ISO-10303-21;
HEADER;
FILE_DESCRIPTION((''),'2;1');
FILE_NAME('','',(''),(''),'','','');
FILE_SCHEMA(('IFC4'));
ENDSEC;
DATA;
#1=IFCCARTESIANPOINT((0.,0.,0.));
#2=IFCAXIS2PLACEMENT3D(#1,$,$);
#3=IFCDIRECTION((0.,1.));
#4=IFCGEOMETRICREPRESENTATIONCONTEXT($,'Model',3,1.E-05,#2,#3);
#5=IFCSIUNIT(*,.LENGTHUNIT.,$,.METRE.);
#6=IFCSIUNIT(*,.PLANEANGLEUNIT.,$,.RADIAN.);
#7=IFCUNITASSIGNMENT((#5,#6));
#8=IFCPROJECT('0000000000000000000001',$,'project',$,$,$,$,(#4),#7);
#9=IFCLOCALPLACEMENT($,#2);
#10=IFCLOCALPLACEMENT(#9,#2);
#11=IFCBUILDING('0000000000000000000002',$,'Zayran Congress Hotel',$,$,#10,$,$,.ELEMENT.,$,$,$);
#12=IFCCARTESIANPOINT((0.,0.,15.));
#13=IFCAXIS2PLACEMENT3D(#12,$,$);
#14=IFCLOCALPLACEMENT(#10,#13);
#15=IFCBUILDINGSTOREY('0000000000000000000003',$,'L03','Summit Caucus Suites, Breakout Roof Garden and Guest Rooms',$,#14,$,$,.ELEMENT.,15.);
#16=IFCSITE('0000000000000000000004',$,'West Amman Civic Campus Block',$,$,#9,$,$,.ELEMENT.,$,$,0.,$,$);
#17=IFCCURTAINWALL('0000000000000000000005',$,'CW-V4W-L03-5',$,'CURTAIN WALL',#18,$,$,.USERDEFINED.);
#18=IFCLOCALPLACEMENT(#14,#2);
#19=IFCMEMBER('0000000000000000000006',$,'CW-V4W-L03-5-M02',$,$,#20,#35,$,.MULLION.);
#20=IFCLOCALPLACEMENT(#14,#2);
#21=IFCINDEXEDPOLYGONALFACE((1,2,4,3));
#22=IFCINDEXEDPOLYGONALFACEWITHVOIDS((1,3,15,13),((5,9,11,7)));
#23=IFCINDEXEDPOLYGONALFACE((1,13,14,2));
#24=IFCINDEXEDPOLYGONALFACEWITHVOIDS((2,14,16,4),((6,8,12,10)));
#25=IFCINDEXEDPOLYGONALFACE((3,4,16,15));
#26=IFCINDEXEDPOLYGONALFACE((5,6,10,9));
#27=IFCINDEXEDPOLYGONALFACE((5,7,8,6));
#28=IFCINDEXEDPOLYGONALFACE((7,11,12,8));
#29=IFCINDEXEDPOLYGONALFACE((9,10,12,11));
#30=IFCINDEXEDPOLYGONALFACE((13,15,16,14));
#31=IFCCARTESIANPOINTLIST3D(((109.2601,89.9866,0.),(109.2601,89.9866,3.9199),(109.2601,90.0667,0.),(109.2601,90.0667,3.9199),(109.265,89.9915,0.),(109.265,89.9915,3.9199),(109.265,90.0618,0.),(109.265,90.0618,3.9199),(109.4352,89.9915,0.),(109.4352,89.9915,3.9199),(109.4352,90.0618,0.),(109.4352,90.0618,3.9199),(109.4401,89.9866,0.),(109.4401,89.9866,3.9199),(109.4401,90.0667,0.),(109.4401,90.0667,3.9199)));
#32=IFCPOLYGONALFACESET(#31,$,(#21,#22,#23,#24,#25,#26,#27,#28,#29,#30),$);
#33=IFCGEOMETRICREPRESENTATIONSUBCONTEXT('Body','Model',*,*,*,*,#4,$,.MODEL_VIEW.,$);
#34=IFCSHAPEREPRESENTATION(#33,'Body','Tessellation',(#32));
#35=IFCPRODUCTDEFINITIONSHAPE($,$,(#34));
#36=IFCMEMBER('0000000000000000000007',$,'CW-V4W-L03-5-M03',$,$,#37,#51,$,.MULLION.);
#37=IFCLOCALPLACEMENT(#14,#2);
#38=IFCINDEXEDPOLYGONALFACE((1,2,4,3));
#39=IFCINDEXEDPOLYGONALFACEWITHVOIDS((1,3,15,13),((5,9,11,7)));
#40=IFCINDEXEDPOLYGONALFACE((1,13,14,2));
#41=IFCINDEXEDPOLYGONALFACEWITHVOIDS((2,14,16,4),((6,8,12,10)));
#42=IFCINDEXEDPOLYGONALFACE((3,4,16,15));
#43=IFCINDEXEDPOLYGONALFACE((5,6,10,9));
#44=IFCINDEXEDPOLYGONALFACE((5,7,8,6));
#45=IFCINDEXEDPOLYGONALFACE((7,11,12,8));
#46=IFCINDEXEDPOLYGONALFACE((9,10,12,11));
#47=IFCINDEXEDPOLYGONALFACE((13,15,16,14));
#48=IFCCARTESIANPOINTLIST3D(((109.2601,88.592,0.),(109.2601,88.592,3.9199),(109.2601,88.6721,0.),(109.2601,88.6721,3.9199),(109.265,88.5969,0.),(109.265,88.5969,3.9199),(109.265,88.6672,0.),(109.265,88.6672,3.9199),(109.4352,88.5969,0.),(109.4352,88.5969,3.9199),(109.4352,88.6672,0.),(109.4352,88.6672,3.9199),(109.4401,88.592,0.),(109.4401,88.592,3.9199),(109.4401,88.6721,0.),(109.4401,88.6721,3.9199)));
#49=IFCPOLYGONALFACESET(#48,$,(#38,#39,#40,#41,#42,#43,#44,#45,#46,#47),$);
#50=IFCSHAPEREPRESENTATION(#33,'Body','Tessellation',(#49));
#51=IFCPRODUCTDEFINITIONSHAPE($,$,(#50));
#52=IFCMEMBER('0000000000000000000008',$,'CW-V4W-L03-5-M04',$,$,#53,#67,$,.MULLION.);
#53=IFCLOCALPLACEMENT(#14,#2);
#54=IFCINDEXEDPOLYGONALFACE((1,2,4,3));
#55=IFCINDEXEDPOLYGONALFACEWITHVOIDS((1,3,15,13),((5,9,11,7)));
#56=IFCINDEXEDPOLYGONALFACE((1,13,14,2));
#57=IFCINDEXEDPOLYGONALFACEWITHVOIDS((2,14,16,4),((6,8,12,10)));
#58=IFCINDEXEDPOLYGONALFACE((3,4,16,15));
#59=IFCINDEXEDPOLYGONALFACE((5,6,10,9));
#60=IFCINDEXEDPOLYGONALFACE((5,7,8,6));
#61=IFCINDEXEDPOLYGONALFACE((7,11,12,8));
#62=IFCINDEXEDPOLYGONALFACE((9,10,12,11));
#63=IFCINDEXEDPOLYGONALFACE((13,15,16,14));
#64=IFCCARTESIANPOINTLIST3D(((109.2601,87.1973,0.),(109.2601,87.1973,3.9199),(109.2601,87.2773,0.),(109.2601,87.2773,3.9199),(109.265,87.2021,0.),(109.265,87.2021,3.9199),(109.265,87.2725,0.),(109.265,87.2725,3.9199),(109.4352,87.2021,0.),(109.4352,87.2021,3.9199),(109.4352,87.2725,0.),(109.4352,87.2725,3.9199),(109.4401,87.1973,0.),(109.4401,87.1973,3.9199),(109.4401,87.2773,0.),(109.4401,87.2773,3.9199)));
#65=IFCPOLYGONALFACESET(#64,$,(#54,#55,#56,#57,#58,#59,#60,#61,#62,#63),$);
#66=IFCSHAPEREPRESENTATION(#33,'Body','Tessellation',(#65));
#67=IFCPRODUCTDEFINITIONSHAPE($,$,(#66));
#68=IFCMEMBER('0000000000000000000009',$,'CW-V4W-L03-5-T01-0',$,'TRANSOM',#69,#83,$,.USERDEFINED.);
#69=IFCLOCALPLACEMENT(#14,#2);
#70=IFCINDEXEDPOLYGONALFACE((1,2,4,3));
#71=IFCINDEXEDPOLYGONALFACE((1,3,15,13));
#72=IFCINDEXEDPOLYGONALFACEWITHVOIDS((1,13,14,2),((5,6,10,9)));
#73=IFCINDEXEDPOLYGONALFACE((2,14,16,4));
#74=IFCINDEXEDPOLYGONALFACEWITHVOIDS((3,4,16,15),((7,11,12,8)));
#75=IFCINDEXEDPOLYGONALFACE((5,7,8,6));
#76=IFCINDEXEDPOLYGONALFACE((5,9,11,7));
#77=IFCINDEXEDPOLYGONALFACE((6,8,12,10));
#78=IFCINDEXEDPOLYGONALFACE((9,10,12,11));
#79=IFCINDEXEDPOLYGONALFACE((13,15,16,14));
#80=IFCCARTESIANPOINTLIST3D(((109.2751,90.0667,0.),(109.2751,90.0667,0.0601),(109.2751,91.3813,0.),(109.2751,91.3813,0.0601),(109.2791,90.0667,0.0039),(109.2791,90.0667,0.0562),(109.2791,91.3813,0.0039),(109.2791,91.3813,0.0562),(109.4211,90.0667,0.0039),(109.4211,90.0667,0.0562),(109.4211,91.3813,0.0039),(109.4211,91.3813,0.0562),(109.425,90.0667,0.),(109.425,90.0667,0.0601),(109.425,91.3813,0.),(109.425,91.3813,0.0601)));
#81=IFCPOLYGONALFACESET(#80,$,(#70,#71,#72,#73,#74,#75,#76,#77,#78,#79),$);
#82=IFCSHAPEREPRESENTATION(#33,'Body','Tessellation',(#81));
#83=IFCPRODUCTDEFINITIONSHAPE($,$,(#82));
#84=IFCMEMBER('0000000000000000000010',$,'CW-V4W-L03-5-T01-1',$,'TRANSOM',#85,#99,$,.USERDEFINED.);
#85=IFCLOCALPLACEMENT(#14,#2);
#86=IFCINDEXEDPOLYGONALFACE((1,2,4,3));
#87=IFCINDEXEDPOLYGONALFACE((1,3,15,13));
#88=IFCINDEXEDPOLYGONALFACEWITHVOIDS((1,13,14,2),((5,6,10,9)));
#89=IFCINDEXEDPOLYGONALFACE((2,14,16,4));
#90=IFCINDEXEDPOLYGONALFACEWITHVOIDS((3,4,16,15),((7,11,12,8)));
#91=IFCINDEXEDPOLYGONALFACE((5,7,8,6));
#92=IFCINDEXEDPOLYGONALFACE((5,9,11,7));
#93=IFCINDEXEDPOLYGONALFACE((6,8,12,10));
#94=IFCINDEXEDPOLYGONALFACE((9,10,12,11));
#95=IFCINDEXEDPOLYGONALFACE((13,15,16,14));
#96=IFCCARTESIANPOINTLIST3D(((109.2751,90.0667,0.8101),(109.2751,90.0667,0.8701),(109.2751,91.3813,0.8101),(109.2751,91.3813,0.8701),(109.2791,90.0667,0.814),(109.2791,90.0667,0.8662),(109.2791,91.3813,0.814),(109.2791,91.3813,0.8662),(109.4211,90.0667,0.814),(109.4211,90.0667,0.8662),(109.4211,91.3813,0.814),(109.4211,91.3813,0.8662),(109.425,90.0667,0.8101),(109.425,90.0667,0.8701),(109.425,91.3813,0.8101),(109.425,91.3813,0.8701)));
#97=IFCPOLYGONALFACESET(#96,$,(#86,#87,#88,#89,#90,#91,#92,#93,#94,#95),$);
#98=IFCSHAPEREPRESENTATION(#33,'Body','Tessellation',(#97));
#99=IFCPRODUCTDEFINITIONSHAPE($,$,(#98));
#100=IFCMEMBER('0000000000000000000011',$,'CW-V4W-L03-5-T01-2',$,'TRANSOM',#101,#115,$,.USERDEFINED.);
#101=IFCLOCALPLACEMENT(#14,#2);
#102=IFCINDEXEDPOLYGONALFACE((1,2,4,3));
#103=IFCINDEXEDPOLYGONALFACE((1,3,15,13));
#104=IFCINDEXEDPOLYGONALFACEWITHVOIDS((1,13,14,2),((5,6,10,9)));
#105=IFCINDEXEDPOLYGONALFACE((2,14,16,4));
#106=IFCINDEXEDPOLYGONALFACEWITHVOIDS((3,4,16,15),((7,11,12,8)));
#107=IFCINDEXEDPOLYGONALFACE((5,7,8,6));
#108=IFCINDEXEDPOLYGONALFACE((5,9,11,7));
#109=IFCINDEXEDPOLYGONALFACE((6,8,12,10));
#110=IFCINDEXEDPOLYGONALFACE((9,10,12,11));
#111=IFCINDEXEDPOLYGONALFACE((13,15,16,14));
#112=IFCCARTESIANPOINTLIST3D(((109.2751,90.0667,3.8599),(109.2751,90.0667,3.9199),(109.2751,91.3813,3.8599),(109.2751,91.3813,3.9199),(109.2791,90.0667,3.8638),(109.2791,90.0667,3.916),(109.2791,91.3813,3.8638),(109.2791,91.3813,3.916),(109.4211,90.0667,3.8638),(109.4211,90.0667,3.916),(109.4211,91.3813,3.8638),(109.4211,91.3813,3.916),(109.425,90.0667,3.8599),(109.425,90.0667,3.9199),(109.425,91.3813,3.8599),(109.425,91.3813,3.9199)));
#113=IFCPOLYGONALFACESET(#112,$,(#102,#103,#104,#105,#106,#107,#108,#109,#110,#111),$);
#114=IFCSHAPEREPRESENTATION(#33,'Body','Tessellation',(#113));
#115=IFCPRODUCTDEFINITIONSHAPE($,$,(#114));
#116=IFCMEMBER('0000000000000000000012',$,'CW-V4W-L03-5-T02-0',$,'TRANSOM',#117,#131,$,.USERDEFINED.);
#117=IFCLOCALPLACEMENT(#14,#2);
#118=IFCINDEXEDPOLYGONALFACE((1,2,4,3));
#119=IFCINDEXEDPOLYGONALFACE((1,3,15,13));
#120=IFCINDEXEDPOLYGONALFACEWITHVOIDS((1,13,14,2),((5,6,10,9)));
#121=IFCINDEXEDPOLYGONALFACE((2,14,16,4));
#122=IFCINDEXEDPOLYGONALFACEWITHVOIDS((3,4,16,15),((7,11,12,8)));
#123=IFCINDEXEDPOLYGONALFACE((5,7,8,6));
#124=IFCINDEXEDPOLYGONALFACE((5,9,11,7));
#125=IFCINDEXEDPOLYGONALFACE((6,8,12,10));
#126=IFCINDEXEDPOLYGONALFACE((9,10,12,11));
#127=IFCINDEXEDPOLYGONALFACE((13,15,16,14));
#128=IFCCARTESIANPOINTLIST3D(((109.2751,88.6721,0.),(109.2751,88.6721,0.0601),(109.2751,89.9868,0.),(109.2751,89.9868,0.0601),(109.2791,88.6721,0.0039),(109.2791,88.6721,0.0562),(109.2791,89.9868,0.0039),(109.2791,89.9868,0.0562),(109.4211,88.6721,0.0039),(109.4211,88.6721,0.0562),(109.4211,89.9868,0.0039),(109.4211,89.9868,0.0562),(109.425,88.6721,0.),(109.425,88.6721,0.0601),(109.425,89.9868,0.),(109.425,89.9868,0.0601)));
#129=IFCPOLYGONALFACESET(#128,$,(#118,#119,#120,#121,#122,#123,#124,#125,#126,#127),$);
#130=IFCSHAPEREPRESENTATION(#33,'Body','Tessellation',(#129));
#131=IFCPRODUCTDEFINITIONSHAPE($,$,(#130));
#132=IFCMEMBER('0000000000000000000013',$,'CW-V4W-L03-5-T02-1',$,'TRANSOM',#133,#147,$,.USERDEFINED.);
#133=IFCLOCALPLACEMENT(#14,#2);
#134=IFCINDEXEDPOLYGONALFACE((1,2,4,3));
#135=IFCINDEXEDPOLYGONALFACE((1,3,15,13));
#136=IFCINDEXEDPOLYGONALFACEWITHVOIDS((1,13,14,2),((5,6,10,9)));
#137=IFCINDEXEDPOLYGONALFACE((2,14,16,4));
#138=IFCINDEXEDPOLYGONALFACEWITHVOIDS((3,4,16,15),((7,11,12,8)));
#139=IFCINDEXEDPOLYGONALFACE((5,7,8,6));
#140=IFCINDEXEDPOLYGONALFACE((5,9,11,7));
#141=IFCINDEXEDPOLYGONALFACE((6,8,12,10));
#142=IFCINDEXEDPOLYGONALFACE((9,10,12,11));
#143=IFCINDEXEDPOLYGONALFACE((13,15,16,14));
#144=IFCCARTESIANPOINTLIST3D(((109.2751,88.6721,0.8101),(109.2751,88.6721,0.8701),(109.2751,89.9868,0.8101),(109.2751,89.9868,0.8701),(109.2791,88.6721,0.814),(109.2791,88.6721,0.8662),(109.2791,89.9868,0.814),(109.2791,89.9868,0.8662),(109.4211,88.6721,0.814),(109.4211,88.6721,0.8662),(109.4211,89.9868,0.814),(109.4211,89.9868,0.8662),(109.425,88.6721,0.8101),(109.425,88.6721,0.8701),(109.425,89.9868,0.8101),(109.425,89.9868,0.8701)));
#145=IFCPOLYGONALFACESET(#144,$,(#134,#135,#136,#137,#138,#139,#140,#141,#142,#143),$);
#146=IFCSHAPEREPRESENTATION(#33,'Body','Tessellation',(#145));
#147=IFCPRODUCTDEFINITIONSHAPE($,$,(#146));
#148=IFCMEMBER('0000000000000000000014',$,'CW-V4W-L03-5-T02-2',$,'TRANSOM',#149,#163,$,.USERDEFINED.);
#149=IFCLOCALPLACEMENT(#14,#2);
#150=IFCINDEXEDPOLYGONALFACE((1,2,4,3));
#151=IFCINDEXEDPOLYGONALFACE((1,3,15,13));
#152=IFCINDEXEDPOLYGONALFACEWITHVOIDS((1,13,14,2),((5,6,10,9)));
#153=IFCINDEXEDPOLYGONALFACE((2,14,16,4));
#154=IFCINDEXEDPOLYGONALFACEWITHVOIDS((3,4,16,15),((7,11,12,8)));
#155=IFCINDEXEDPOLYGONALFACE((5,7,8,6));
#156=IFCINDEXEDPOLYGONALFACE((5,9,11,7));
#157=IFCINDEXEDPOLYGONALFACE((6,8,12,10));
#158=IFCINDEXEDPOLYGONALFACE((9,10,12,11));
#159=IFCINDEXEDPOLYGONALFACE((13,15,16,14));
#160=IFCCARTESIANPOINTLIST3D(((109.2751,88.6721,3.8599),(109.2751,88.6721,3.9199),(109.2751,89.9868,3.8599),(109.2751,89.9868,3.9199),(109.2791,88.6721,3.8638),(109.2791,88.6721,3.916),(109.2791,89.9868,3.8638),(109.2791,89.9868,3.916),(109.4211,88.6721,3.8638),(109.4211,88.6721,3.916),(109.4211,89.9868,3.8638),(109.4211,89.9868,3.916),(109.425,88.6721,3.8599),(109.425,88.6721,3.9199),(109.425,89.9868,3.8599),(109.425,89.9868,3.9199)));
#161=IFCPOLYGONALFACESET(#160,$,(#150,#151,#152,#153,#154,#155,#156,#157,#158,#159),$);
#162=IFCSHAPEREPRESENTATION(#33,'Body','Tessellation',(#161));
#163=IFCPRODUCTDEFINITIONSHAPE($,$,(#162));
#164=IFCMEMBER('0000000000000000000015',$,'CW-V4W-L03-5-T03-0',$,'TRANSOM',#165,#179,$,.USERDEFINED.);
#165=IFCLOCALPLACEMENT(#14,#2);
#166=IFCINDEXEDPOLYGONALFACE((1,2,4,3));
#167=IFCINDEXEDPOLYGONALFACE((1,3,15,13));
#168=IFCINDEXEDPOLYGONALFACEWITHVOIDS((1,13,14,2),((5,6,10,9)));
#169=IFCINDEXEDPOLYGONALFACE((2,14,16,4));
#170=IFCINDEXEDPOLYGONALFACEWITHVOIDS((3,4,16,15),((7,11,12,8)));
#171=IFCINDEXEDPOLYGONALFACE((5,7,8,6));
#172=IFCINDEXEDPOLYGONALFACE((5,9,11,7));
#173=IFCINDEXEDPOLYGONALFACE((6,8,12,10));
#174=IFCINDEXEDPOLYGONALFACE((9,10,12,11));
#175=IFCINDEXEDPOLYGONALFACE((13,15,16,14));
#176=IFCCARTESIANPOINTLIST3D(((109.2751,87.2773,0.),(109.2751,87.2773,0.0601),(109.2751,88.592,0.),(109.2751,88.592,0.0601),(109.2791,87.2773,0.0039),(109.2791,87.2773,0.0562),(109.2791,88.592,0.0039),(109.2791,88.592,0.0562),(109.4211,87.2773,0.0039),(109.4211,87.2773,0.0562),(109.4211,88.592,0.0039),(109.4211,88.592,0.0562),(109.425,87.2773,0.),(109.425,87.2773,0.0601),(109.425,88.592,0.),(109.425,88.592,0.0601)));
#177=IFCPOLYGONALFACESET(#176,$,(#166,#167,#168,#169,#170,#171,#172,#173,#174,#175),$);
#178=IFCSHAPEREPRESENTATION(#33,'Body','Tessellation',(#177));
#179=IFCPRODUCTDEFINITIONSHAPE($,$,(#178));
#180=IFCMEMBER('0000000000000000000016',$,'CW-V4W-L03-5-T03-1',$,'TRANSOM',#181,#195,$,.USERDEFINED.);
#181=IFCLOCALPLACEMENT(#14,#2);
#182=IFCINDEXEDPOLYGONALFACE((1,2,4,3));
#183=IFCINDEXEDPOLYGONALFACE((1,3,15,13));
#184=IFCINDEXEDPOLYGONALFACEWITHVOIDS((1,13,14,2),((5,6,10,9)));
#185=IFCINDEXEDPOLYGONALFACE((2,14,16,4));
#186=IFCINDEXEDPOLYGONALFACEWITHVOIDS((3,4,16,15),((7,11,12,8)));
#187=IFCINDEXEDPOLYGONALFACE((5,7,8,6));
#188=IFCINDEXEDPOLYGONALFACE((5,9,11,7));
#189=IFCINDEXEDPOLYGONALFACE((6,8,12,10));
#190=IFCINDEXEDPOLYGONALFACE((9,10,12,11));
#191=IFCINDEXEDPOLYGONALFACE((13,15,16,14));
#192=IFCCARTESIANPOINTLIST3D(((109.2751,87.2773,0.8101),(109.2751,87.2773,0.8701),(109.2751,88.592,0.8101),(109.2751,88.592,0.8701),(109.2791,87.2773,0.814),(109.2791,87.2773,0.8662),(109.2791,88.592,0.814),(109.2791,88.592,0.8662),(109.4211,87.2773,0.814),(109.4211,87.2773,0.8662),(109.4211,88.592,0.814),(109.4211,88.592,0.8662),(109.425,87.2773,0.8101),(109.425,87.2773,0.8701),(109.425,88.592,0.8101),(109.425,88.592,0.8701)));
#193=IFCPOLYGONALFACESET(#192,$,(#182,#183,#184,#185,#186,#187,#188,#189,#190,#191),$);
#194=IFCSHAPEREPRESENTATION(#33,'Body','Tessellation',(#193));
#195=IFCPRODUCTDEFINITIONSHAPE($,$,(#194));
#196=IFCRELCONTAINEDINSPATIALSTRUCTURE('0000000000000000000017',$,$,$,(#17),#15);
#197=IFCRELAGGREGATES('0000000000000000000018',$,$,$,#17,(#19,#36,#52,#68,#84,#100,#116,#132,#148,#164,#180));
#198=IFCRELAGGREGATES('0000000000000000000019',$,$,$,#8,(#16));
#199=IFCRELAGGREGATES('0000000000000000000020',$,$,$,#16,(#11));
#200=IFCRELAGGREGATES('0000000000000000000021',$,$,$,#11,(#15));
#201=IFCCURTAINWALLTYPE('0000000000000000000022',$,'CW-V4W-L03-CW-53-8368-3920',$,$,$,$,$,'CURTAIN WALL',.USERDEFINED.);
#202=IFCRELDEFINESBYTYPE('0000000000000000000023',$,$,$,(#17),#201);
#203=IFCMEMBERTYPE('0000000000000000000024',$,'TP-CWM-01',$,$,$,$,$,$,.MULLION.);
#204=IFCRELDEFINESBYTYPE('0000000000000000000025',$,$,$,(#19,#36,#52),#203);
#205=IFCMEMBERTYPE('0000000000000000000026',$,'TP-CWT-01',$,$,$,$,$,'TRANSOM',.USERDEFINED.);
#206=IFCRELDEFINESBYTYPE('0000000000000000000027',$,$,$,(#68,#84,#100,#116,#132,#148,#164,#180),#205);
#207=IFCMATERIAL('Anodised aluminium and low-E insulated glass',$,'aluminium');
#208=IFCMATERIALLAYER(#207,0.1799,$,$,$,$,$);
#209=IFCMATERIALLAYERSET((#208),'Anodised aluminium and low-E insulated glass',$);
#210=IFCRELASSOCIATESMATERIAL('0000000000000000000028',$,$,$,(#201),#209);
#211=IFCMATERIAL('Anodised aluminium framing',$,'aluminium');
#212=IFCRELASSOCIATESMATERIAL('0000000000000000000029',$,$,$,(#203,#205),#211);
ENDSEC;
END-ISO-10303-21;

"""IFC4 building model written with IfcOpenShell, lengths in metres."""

from ifc_helpers import new_model, si_unit, direction, frame, origin, origin_2d, place, context, subcontext, project, spatial, hollow_rectangle, extrude, material, layer, layer_set, material_profile, profile_set, type_object, element, aggregate, save


model = new_model("IFC4")

# Units and contexts
model_context = context("Model", 3, precision=1e-05, world=origin(), true_north=direction((0.0, 1.0)))
body_context = subcontext(model_context, "Body", "Model", "MODEL_VIEW")
ifc_project = project(units=[si_unit("LENGTHUNIT", "METRE"), si_unit("PLANEANGLEUNIT", "RADIAN")], contexts=[model_context])

# Site, building, storey
site_placement = place(None, origin())
site = spatial("IfcSite", under=ifc_project, at=site_placement, Name="West Amman Civic Campus Block", CompositionType="ELEMENT", RefElevation=0.0)
building_placement = place(site_placement, origin())
building = spatial("IfcBuilding", under=site, at=building_placement, Name="Zayran Congress Hotel", CompositionType="ELEMENT")
storey_placement = place(building_placement, frame((0.0, 0.0, 15.0)))
storey = spatial("IfcBuildingStorey", under=building, at=storey_placement, Name="L03", Description="Summit Caucus Suites, Breakout Roof Garden and Guest Rooms", CompositionType="ELEMENT", Elevation=15.0)

# Curtain wall, members
ifc_material_1 = material(Name="Anodised aluminium and low-E insulated glass", Category="aluminium")
ifc_layer_1 = layer(ifc_material_1, 0.1799)
ifc_layer_set_1 = layer_set([ifc_layer_1], Name="Anodised aluminium and low-E insulated glass")
curtain_wall_type = type_object("IfcCurtainWallType", Name="CW-V4W-L03-CW-53-8368-3920", ElementType="CURTAIN WALL", PredefinedType="USERDEFINED", material=ifc_layer_set_1)
curtain_wall_placement = place(storey_placement, origin())
curtain_wall = element("IfcCurtainWall", 1, at=curtain_wall_placement, inside=storey, type_object=curtain_wall_type, Name="CW-V4W-L03-5", ObjectType="CURTAIN WALL", PredefinedType="USERDEFINED")
ifc_material_2 = material(Name="Anodised aluminium framing", Category="aluminium")
ifc_material_profile_1 = material_profile(ifc_material_2, hollow_rectangle(XDim=0.0801, YDim=0.1799, WallThickness=0.0049, at=origin_2d()), Name="RHS 180x80x5")
ifc_profile_set_1 = profile_set([ifc_material_profile_1], Name="Anodised aluminium framing")
member_type_1 = type_object("IfcMemberType", Name="TP-CWM-01", PredefinedType="MULLION", material=ifc_profile_set_1)
member_1_placement = place(storey_placement, frame((109.3501, 90.0266, 0.0), z_axis=(0.0, 0.0, 1.0), x_axis=(0.0, 1.0, 0.0)))
member_1 = element("IfcMember", 2, at=member_1_placement, type_object=member_type_1, Name="CW-V4W-L03-5-M02", PredefinedType="MULLION", context=body_context, shape_type="SweptSolid", body=[
    extrude(hollow_rectangle(XDim=0.0801, YDim=0.1799, WallThickness=0.0049, at=origin_2d()), origin(), (0.0, 0.0, 1.0), 3.9199),
])
member_2_placement = place(storey_placement, frame((109.3501, 88.6321, 0.0), z_axis=(0.0, 0.0, 1.0), x_axis=(0.0, 1.0, 0.0)))
member_2 = element("IfcMember", 3, at=member_2_placement, type_object=member_type_1, Name="CW-V4W-L03-5-M03", PredefinedType="MULLION", context=body_context, shape_type="SweptSolid", body=[
    extrude(hollow_rectangle(XDim=0.0801, YDim=0.1799, WallThickness=0.0049, at=origin_2d()), origin(), (0.0, 0.0, 1.0), 3.9199),
])
member_3_placement = place(storey_placement, frame((109.3501, 87.2373, 0.0), z_axis=(0.0, 0.0, 1.0), x_axis=(0.0, 1.0, 0.0)))
member_3 = element("IfcMember", 4, at=member_3_placement, type_object=member_type_1, Name="CW-V4W-L03-5-M04", PredefinedType="MULLION", context=body_context, shape_type="SweptSolid", body=[
    extrude(hollow_rectangle(XDim=0.0801, YDim=0.1799, WallThickness=0.0049, at=origin_2d()), origin(), (0.0, 0.0, 1.0), 3.9199),
])
ifc_material_profile_2 = material_profile(ifc_material_2, hollow_rectangle(XDim=0.0601, YDim=0.1499, WallThickness=0.0039, at=origin_2d()), Name="RHS 150x60x4")
ifc_profile_set_2 = profile_set([ifc_material_profile_2], Name="Anodised aluminium framing")
member_type_2 = type_object("IfcMemberType", Name="TP-CWT-01", ElementType="TRANSOM", PredefinedType="USERDEFINED", material=ifc_profile_set_2)
member_4_placement = place(storey_placement, frame((109.3501, 91.3813, 0.03), z_axis=(0.0, -1.0, 0.0), x_axis=(0.0, 0.0, 1.0)))
member_4 = element("IfcMember", 5, at=member_4_placement, type_object=member_type_2, Name="CW-V4W-L03-5-T01-0", ObjectType="TRANSOM", PredefinedType="USERDEFINED", context=body_context, shape_type="SweptSolid", body=[
    extrude(hollow_rectangle(XDim=0.0601, YDim=0.1499, WallThickness=0.0039, at=origin_2d()), origin(), (0.0, 0.0, 1.0), 1.3147),
])
member_5_placement = place(storey_placement, frame((109.3501, 91.3813, 0.8401), z_axis=(0.0, -1.0, 0.0), x_axis=(0.0, 0.0, 1.0)))
member_5 = element("IfcMember", 6, at=member_5_placement, type_object=member_type_2, Name="CW-V4W-L03-5-T01-1", ObjectType="TRANSOM", PredefinedType="USERDEFINED", context=body_context, shape_type="SweptSolid", body=[
    extrude(hollow_rectangle(XDim=0.0601, YDim=0.1499, WallThickness=0.0039, at=origin_2d()), origin(), (0.0, 0.0, 1.0), 1.3147),
])
member_6_placement = place(storey_placement, frame((109.3501, 91.3813, 3.8899), z_axis=(0.0, -1.0, 0.0), x_axis=(0.0, 0.0, 1.0)))
member_6 = element("IfcMember", 7, at=member_6_placement, type_object=member_type_2, Name="CW-V4W-L03-5-T01-2", ObjectType="TRANSOM", PredefinedType="USERDEFINED", context=body_context, shape_type="SweptSolid", body=[
    extrude(hollow_rectangle(XDim=0.0601, YDim=0.1499, WallThickness=0.0039, at=origin_2d()), origin(), (0.0, 0.0, 1.0), 1.3147),
])
member_7_placement = place(storey_placement, frame((109.3501, 89.9868, 0.03), z_axis=(0.0, -1.0, 0.0), x_axis=(0.0, 0.0, 1.0)))
member_7 = element("IfcMember", 8, at=member_7_placement, type_object=member_type_2, Name="CW-V4W-L03-5-T02-0", ObjectType="TRANSOM", PredefinedType="USERDEFINED", context=body_context, shape_type="SweptSolid", body=[
    extrude(hollow_rectangle(XDim=0.0601, YDim=0.1499, WallThickness=0.0039, at=origin_2d()), origin(), (0.0, 0.0, 1.0), 1.3147),
])
member_8_placement = place(storey_placement, frame((109.3501, 89.9868, 0.8401), z_axis=(0.0, -1.0, 0.0), x_axis=(0.0, 0.0, 1.0)))
member_8 = element("IfcMember", 9, at=member_8_placement, type_object=member_type_2, Name="CW-V4W-L03-5-T02-1", ObjectType="TRANSOM", PredefinedType="USERDEFINED", context=body_context, shape_type="SweptSolid", body=[
    extrude(hollow_rectangle(XDim=0.0601, YDim=0.1499, WallThickness=0.0039, at=origin_2d()), origin(), (0.0, 0.0, 1.0), 1.3147),
])
member_9_placement = place(storey_placement, frame((109.3501, 89.9868, 3.8899), z_axis=(0.0, -1.0, 0.0), x_axis=(0.0, 0.0, 1.0)))
member_9 = element("IfcMember", 10, at=member_9_placement, type_object=member_type_2, Name="CW-V4W-L03-5-T02-2", ObjectType="TRANSOM", PredefinedType="USERDEFINED", context=body_context, shape_type="SweptSolid", body=[
    extrude(hollow_rectangle(XDim=0.0601, YDim=0.1499, WallThickness=0.0039, at=origin_2d()), origin(), (0.0, 0.0, 1.0), 1.3147),
])
member_10_placement = place(storey_placement, frame((109.3501, 88.592, 0.03), z_axis=(0.0, -1.0, 0.0), x_axis=(0.0, 0.0, 1.0)))
member_10 = element("IfcMember", 11, at=member_10_placement, type_object=member_type_2, Name="CW-V4W-L03-5-T03-0", ObjectType="TRANSOM", PredefinedType="USERDEFINED", context=body_context, shape_type="SweptSolid", body=[
    extrude(hollow_rectangle(XDim=0.0601, YDim=0.1499, WallThickness=0.0039, at=origin_2d()), origin(), (0.0, 0.0, 1.0), 1.3147),
])
member_11_placement = place(storey_placement, frame((109.3501, 88.592, 0.8401), z_axis=(0.0, -1.0, 0.0), x_axis=(0.0, 0.0, 1.0)))
member_11 = element("IfcMember", 12, at=member_11_placement, type_object=member_type_2, Name="CW-V4W-L03-5-T03-1", ObjectType="TRANSOM", PredefinedType="USERDEFINED", context=body_context, shape_type="SweptSolid", body=[
    extrude(hollow_rectangle(XDim=0.0601, YDim=0.1499, WallThickness=0.0039, at=origin_2d()), origin(), (0.0, 0.0, 1.0), 1.3147),
])
aggregate(curtain_wall, [member_1, member_2, member_3, member_4, member_5, member_6, member_7, member_8, member_9, member_10, member_11])

save(model, "model.ifc")
